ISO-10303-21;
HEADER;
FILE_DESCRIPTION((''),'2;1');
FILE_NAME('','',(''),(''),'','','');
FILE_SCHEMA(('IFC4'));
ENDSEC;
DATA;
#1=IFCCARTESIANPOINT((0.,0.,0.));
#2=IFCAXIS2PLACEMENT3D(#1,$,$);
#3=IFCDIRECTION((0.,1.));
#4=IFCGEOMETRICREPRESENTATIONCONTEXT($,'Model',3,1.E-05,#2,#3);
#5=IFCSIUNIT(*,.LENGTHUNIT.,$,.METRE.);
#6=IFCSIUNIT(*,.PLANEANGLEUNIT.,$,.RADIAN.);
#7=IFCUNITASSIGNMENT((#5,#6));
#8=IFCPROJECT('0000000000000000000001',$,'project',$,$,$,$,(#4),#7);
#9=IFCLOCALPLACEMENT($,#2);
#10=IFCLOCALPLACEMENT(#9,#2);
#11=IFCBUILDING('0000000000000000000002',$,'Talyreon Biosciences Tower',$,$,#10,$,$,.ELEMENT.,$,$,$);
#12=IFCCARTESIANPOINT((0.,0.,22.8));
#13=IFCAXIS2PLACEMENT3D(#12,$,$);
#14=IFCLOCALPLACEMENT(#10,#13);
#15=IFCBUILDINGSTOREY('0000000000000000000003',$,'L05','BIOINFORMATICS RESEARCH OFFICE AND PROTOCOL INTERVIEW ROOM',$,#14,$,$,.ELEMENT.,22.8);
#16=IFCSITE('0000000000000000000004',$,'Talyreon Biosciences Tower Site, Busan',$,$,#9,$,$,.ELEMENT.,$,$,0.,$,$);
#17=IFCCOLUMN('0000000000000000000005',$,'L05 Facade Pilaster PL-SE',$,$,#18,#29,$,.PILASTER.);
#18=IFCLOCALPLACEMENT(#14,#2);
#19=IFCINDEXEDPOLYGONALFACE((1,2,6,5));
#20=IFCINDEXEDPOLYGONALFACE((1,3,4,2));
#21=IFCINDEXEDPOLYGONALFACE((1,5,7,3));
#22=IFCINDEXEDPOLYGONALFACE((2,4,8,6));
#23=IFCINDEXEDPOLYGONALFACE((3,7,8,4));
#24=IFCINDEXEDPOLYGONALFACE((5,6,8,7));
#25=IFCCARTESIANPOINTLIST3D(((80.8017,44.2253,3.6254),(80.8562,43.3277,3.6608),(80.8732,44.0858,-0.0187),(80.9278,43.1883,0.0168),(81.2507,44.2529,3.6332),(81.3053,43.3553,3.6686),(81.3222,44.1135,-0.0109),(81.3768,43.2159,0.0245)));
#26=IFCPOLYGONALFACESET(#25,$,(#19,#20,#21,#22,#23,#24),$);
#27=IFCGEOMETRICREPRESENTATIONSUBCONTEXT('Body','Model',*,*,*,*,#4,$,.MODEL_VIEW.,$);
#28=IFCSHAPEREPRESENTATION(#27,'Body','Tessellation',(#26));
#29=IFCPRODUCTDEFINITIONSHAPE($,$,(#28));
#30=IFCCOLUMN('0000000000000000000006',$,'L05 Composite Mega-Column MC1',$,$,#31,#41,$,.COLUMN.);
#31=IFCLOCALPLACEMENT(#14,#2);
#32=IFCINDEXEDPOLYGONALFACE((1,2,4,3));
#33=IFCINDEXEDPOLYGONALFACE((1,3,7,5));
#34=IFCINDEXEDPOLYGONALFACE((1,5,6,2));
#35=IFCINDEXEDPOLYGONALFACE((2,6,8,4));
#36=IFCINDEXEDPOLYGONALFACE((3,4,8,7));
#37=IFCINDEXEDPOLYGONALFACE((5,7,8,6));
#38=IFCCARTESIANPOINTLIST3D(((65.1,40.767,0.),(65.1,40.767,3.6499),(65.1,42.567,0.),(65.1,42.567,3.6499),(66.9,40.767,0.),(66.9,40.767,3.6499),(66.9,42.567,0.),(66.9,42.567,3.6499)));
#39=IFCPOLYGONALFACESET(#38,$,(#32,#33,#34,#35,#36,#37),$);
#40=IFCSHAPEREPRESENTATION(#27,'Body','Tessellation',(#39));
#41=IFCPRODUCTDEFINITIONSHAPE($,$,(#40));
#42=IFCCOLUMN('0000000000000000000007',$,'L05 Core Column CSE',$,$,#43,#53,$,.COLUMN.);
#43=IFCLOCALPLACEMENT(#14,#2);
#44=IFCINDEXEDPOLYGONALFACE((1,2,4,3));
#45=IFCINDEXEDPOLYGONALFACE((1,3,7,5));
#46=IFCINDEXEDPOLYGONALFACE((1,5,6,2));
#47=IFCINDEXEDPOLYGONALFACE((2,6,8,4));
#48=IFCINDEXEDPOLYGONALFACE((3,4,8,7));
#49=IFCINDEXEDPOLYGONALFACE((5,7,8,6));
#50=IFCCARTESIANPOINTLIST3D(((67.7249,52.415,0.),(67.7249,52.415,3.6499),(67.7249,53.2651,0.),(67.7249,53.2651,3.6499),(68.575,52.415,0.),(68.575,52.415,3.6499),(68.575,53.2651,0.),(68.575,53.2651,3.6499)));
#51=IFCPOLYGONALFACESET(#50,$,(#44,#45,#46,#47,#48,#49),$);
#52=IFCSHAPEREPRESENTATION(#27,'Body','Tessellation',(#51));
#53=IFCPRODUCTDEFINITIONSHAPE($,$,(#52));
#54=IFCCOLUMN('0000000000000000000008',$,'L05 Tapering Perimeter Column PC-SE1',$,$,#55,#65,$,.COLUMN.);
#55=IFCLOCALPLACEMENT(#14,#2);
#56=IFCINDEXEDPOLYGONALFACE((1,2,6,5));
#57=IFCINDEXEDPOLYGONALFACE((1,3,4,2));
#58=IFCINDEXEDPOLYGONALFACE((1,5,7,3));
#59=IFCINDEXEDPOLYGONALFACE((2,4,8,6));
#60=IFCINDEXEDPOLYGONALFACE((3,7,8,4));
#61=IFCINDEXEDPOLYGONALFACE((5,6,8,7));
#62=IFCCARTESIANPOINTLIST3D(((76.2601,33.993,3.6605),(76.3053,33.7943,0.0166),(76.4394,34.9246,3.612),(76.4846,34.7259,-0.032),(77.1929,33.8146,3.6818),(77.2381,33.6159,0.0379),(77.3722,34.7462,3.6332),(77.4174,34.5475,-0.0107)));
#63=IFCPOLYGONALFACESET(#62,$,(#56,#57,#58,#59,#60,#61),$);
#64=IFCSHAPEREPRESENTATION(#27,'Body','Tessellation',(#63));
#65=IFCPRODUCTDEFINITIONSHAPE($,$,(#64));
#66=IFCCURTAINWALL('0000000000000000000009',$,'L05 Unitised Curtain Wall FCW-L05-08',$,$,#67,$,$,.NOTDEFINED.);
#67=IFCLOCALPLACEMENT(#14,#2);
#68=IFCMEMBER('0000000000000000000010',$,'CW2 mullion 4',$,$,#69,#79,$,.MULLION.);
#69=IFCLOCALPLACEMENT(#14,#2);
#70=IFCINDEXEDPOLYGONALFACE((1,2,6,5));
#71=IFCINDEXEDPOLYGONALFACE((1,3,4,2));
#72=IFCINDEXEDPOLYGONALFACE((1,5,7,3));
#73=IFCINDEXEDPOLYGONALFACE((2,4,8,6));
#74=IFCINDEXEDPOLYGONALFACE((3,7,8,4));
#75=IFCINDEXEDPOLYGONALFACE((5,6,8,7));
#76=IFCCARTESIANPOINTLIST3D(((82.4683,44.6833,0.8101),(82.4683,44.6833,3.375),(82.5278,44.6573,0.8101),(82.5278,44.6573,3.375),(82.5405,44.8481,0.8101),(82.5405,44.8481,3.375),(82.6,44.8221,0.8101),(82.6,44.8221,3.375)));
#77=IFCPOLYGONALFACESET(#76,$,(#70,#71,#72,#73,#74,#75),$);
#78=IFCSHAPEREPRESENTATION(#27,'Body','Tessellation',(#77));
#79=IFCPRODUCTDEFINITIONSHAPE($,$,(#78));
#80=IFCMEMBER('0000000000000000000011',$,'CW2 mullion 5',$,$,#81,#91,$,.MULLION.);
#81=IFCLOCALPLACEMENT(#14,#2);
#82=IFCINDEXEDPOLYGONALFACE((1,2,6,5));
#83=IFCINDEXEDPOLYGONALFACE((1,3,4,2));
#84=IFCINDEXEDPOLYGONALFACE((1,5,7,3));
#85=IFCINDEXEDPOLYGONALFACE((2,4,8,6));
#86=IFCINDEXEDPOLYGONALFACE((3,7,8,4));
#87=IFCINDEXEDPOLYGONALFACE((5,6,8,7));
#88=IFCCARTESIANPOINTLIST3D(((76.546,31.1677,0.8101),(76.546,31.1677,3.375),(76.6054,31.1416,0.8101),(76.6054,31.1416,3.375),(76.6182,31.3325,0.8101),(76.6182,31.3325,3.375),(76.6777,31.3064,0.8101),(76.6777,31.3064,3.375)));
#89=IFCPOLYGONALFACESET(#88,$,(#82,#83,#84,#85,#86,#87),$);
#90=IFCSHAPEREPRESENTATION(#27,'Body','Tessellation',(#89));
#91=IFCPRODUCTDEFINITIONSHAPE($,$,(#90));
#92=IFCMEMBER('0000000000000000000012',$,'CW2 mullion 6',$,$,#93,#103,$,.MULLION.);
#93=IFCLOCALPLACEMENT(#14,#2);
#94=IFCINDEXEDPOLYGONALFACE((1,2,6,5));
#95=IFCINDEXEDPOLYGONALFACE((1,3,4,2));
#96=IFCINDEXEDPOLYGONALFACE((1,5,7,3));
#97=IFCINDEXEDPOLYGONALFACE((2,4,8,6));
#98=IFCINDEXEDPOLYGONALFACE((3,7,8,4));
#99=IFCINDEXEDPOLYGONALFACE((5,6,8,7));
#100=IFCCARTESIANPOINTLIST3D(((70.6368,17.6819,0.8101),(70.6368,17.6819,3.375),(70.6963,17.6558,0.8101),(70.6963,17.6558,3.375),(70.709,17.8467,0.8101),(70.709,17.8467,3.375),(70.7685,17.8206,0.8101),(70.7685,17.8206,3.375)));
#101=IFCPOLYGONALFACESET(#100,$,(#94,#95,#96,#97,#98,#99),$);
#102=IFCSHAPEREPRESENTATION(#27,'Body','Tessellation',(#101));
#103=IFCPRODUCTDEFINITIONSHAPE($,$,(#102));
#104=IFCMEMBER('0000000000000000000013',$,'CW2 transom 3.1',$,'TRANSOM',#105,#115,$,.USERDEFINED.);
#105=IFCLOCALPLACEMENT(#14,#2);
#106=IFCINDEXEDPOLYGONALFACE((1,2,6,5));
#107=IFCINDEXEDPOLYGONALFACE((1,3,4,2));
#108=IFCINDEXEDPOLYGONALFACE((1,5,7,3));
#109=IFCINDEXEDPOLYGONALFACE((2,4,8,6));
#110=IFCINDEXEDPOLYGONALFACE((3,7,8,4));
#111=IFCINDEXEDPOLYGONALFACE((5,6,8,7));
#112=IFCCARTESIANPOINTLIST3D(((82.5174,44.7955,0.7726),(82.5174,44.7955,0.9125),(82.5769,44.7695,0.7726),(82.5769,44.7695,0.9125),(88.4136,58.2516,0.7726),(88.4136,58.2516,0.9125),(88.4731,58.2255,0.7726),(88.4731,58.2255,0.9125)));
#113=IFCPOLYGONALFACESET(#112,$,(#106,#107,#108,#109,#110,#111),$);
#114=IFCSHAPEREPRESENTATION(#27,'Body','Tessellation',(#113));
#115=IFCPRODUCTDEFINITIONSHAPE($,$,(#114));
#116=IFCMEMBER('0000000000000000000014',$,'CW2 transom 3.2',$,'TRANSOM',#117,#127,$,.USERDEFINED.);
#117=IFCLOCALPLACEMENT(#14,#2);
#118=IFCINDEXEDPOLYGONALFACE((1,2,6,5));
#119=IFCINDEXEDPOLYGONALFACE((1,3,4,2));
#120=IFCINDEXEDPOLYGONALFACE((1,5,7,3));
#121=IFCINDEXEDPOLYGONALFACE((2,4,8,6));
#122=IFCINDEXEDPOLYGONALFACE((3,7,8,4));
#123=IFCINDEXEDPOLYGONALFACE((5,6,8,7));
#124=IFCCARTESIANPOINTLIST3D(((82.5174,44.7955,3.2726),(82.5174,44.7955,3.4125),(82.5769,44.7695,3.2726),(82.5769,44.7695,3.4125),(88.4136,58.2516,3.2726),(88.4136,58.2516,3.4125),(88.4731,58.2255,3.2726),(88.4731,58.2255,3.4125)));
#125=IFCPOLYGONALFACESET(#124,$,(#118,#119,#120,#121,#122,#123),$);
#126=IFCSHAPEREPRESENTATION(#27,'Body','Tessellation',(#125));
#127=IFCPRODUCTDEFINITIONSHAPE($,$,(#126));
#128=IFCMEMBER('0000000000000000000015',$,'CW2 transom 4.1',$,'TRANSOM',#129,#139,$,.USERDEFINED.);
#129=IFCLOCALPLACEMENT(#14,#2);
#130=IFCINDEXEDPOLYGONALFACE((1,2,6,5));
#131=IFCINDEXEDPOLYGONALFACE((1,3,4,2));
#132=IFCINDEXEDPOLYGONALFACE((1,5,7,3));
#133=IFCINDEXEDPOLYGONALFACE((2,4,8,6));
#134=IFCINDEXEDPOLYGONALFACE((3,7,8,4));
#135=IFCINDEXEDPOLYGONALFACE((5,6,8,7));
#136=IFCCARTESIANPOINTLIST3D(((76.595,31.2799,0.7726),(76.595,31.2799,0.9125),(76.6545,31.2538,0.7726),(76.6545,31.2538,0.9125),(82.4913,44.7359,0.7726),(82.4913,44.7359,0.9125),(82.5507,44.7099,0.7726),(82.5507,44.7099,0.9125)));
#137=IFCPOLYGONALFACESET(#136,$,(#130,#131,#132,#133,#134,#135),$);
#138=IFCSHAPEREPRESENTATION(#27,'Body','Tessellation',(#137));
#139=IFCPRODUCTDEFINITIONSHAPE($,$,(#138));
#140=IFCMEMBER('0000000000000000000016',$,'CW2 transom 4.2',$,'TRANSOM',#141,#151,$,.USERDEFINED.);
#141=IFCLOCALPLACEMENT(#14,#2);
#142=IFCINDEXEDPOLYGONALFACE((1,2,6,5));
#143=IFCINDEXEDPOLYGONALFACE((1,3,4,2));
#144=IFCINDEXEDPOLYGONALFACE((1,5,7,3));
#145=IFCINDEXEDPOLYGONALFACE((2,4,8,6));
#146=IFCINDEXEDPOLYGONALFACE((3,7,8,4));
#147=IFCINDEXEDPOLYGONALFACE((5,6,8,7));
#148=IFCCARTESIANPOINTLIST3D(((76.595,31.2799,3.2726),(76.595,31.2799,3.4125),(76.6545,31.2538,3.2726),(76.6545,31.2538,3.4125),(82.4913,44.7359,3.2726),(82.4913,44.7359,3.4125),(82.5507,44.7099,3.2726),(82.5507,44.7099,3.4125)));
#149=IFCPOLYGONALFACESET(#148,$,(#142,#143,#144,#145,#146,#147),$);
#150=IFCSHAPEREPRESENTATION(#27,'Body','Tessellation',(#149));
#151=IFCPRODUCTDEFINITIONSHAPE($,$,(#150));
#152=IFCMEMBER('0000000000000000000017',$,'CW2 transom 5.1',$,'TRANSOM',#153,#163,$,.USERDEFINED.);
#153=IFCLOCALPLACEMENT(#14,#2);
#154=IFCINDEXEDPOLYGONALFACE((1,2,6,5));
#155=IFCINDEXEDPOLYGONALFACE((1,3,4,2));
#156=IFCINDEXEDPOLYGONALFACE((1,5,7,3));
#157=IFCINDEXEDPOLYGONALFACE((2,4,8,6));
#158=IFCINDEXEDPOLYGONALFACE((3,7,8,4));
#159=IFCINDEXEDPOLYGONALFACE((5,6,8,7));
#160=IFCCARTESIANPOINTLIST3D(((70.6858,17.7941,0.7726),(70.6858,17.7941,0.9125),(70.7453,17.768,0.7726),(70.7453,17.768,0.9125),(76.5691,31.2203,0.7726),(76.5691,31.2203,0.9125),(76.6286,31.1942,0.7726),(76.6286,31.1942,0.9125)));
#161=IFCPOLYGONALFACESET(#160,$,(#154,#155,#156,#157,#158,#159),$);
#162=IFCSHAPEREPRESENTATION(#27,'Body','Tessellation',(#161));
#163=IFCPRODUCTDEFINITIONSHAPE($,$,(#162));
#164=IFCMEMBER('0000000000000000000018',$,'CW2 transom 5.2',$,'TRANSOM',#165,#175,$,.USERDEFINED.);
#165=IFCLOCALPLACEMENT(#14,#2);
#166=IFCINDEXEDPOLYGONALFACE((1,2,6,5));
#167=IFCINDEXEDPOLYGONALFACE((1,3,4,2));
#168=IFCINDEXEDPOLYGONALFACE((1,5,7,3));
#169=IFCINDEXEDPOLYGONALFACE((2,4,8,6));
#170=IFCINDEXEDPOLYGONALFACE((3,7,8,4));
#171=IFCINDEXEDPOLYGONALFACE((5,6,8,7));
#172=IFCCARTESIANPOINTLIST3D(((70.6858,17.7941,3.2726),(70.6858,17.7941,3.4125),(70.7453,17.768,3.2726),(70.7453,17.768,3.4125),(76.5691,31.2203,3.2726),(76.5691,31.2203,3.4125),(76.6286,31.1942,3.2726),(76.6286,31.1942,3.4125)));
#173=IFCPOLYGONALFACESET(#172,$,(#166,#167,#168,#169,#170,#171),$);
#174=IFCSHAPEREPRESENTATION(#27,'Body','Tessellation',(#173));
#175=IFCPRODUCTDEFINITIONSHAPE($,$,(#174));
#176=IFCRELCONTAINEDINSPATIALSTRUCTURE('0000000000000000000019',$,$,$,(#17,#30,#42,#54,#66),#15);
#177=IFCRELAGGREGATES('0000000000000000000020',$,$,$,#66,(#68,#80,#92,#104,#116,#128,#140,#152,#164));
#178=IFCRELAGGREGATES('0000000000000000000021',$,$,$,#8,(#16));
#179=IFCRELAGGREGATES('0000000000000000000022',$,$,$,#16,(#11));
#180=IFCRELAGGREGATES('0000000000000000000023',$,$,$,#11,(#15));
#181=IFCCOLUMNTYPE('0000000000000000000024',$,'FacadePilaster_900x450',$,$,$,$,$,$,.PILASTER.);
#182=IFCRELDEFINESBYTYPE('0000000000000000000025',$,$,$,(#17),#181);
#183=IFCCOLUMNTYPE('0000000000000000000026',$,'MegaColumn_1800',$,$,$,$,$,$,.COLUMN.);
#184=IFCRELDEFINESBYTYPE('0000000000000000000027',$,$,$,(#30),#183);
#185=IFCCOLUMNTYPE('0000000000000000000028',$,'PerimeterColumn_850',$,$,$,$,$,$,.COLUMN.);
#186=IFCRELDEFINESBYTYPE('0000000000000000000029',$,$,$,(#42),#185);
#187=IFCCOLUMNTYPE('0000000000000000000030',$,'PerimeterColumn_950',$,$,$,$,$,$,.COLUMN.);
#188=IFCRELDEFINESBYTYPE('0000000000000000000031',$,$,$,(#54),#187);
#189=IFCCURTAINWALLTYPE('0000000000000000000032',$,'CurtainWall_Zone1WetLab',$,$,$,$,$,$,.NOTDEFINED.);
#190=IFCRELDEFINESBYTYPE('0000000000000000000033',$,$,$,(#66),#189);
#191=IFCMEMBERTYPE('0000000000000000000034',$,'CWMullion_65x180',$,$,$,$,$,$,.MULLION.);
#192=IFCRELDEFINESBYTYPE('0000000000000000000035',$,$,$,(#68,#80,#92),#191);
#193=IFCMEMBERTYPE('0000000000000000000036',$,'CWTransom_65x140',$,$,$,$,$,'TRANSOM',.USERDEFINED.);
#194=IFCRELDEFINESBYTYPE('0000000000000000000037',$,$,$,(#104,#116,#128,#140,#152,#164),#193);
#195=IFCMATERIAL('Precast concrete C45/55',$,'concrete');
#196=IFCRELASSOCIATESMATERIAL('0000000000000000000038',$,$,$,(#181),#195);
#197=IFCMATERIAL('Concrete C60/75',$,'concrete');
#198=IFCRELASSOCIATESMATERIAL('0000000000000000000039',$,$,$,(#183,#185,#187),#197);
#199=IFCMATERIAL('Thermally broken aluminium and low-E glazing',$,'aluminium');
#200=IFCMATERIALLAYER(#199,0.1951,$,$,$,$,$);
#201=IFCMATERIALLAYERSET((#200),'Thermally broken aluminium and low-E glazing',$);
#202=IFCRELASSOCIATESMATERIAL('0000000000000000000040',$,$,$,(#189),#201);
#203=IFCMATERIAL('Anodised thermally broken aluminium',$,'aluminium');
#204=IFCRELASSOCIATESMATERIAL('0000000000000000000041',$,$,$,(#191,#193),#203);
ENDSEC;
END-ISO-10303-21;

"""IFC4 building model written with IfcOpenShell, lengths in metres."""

from ifc_helpers import new_model, si_unit, direction, frame, origin, origin_2d, place, context, subcontext, project, spatial, rectangle, extrude, material, layer, layer_set, material_profile, profile_set, type_object, element, aggregate, save


model = new_model("IFC4")

# Units and contexts
model_context = context("Model", 3, precision=1e-05, world=origin(), true_north=direction((0.0, 1.0)))
body_context = subcontext(model_context, "Body", "Model", "MODEL_VIEW")
ifc_project = project(units=[si_unit("LENGTHUNIT", "METRE"), si_unit("PLANEANGLEUNIT", "RADIAN")], contexts=[model_context])

# Site, building, storey
site_placement = place(None, origin())
site = spatial("IfcSite", under=ifc_project, at=site_placement, Name="Talyreon Biosciences Tower Site, Busan", CompositionType="ELEMENT", RefElevation=0.0)
building_placement = place(site_placement, origin())
building = spatial("IfcBuilding", under=site, at=building_placement, Name="Talyreon Biosciences Tower", CompositionType="ELEMENT")
storey_placement = place(building_placement, frame((0.0, 0.0, 22.8)))
storey = spatial("IfcBuildingStorey", under=building, at=storey_placement, Name="L05", Description="BIOINFORMATICS RESEARCH OFFICE AND PROTOCOL INTERVIEW ROOM", CompositionType="ELEMENT", Elevation=22.8)

# Columns
ifc_material_1 = material(Name="Precast concrete C45/55", Category="concrete")
ifc_material_profile_1 = material_profile(ifc_material_1, rectangle(XDim=0.8999, YDim=0.45, at=origin_2d()), Name="RC 900x450")
ifc_profile_set_1 = profile_set([ifc_material_profile_1], Name="Precast concrete C45/55")
column_type_1 = type_object("IfcColumnType", Name="FacadePilaster_900x450", PredefinedType="PILASTER", material=ifc_profile_set_1)
column_1_placement = place(storey_placement, frame((81.125, 43.6509, 0.0029), z_axis=(-0.019612, 0.03822, 0.999077), x_axis=(0.060644, -0.997384, 0.039346)))
element("IfcColumn", 1, at=column_1_placement, inside=storey, type_object=column_type_1, Name="L05 Facade Pilaster PL-SE", PredefinedType="PILASTER", context=body_context, shape_type="SweptSolid", body=[
    extrude(rectangle(XDim=0.8999, YDim=0.45, at=origin_2d()), origin(), (0.0, 0.0, 1.0), 3.6475),
])
ifc_material_2 = material(Name="Concrete C60/75", Category="concrete")
ifc_material_profile_2 = material_profile(ifc_material_2, rectangle(XDim=1.8, YDim=1.8, at=origin_2d()), Name="RC 1800x1800")
ifc_profile_set_2 = profile_set([ifc_material_profile_2], Name="Concrete C60/75")
column_type_2 = type_object("IfcColumnType", Name="MegaColumn_1800", PredefinedType="COLUMN", material=ifc_profile_set_2)
column_2_placement = place(storey_placement, frame((66.0, 41.667, 0.0), z_axis=(0.0, 0.0, 1.0), x_axis=(1.0, 0.0, 0.0)))
element("IfcColumn", 2, at=column_2_placement, inside=storey, type_object=column_type_2, Name="L05 Composite Mega-Column MC1", PredefinedType="COLUMN", context=body_context, shape_type="SweptSolid", body=[
    extrude(rectangle(XDim=1.8, YDim=1.8, at=origin_2d()), origin(), (0.0, 0.0, 1.0), 3.6499),
])
ifc_material_profile_3 = material_profile(ifc_material_2, rectangle(XDim=0.8501, YDim=0.8501, at=origin_2d()), Name="RC 850x850")
ifc_profile_set_3 = profile_set([ifc_material_profile_3], Name="Concrete C60/75")
column_type_3 = type_object("IfcColumnType", Name="PerimeterColumn_850", PredefinedType="COLUMN", material=ifc_profile_set_3)
column_3_placement = place(storey_placement, frame((68.1499, 52.8401, 0.0), z_axis=(0.0, 0.0, 1.0), x_axis=(1.0, 0.0, 0.0)))
element("IfcColumn", 3, at=column_3_placement, inside=storey, type_object=column_type_3, Name="L05 Core Column CSE", PredefinedType="COLUMN", context=body_context, shape_type="SweptSolid", body=[
    extrude(rectangle(XDim=0.8501, YDim=0.8501, at=origin_2d()), origin(), (0.0, 0.0, 1.0), 3.6499),
])
ifc_material_profile_4 = material_profile(ifc_material_2, rectangle(XDim=0.95, YDim=0.95, at=origin_2d()), Name="RC 950x950")
ifc_profile_set_4 = profile_set([ifc_material_profile_4], Name="Concrete C60/75")
column_type_4 = type_object("IfcColumnType", Name="PerimeterColumn_950", PredefinedType="COLUMN", material=ifc_profile_set_4)
column_4_placement = place(storey_placement, frame((76.8613, 34.1709, 0.0029), z_axis=(-0.012375, 0.054451, 0.99844), x_axis=(-0.188739, -0.980695, 0.051144)))
element("IfcColumn", 4, at=column_4_placement, inside=storey, type_object=column_type_4, Name="L05 Tapering Perimeter Column PC-SE1", PredefinedType="COLUMN", context=body_context, shape_type="SweptSolid", body=[
    extrude(rectangle(XDim=0.95, YDim=0.95, at=origin_2d()), origin(), (0.0, 0.0, 1.0), 3.6497),
])

# Curtain wall, members
ifc_material_3 = material(Name="Thermally broken aluminium and low-E glazing", Category="aluminium")
ifc_layer_1 = layer(ifc_material_3, 0.1951)
ifc_layer_set_1 = layer_set([ifc_layer_1], Name="Thermally broken aluminium and low-E glazing")
curtain_wall_type = type_object("IfcCurtainWallType", Name="CurtainWall_Zone1WetLab", PredefinedType="NOTDEFINED", material=ifc_layer_set_1)
curtain_wall_placement = place(storey_placement, origin())
curtain_wall = element("IfcCurtainWall", 5, at=curtain_wall_placement, inside=storey, type_object=curtain_wall_type, Name="L05 Unitised Curtain Wall FCW-L05-08", PredefinedType="NOTDEFINED")
ifc_material_4 = material(Name="Anodised thermally broken aluminium", Category="aluminium")
ifc_material_profile_5 = material_profile(ifc_material_4, rectangle(XDim=0.0649, YDim=0.1799, at=origin_2d()), Name="ALUM MULLION 65x180")
ifc_profile_set_5 = profile_set([ifc_material_profile_5], Name="Anodised thermally broken aluminium")
member_type_1 = type_object("IfcMemberType", Name="CWMullion_65x180", PredefinedType="MULLION", material=ifc_profile_set_5)
member_1_placement = place(storey_placement, frame((82.5342, 44.7527, 0.8101), z_axis=(0.0, 0.0, 1.0), x_axis=(0.915927, -0.401345, 0.0)))
member_1 = element("IfcMember", 6, at=member_1_placement, type_object=member_type_1, Name="CW2 mullion 4", PredefinedType="MULLION", context=body_context, shape_type="SweptSolid", body=[
    extrude(rectangle(XDim=0.0649, YDim=0.1799, at=origin_2d()), origin(), (0.0, 0.0, 1.0), 2.5649),
])
member_2_placement = place(storey_placement, frame((76.6118, 31.2371, 0.8101), z_axis=(0.0, 0.0, 1.0), x_axis=(0.915927, -0.401345, 0.0)))
member_2 = element("IfcMember", 7, at=member_2_placement, type_object=member_type_1, Name="CW2 mullion 5", PredefinedType="MULLION", context=body_context, shape_type="SweptSolid", body=[
    extrude(rectangle(XDim=0.0649, YDim=0.1799, at=origin_2d()), origin(), (0.0, 0.0, 1.0), 2.5649),
])
member_3_placement = place(storey_placement, frame((70.7026, 17.7512, 0.8101), z_axis=(0.0, 0.0, 1.0), x_axis=(0.915927, -0.401345, 0.0)))
member_3 = element("IfcMember", 8, at=member_3_placement, type_object=member_type_1, Name="CW2 mullion 6", PredefinedType="MULLION", context=body_context, shape_type="SweptSolid", body=[
    extrude(rectangle(XDim=0.0649, YDim=0.1799, at=origin_2d()), origin(), (0.0, 0.0, 1.0), 2.5649),
])
ifc_material_profile_6 = material_profile(ifc_material_4, rectangle(XDim=0.0649, YDim=0.1399, at=origin_2d()), Name="ALUM TRANSOM 65x140")
ifc_profile_set_6 = profile_set([ifc_material_profile_6], Name="Anodised thermally broken aluminium")
member_type_2 = type_object("IfcMemberType", Name="CWTransom_65x140", ElementType="TRANSOM", PredefinedType="USERDEFINED", material=ifc_profile_set_6)
member_4_placement = place(storey_placement, frame((88.4434, 58.2385, 0.8425), z_axis=(-0.401345, -0.915927, 0.0), x_axis=(0.915927, -0.401345, 0.0)))
member_4 = element("IfcMember", 9, at=member_4_placement, type_object=member_type_2, Name="CW2 transom 3.1", ObjectType="TRANSOM", PredefinedType="USERDEFINED", context=body_context, shape_type="SweptSolid", body=[
    extrude(rectangle(XDim=0.0649, YDim=0.1399, at=origin_2d()), origin(), (0.0, 0.0, 1.0), 14.6912),
])
member_5_placement = place(storey_placement, frame((88.4434, 58.2385, 3.3425), z_axis=(-0.401345, -0.915927, 0.0), x_axis=(0.915927, -0.401345, 0.0)))
member_5 = element("IfcMember", 10, at=member_5_placement, type_object=member_type_2, Name="CW2 transom 3.2", ObjectType="TRANSOM", PredefinedType="USERDEFINED", context=body_context, shape_type="SweptSolid", body=[
    extrude(rectangle(XDim=0.0649, YDim=0.1399, at=origin_2d()), origin(), (0.0, 0.0, 1.0), 14.6912),
])
member_6_placement = place(storey_placement, frame((82.521, 44.7229, 0.8425), z_axis=(-0.401345, -0.915927, 0.0), x_axis=(0.915927, -0.401345, 0.0)))
member_6 = element("IfcMember", 11, at=member_6_placement, type_object=member_type_2, Name="CW2 transom 4.1", ObjectType="TRANSOM", PredefinedType="USERDEFINED", context=body_context, shape_type="SweptSolid", body=[
    extrude(rectangle(XDim=0.0649, YDim=0.1399, at=origin_2d()), origin(), (0.0, 0.0, 1.0), 14.6912),
])
member_7_placement = place(storey_placement, frame((82.521, 44.7229, 3.3425), z_axis=(-0.401345, -0.915927, 0.0), x_axis=(0.915927, -0.401345, 0.0)))
member_7 = element("IfcMember", 12, at=member_7_placement, type_object=member_type_2, Name="CW2 transom 4.2", ObjectType="TRANSOM", PredefinedType="USERDEFINED", context=body_context, shape_type="SweptSolid", body=[
    extrude(rectangle(XDim=0.0649, YDim=0.1399, at=origin_2d()), origin(), (0.0, 0.0, 1.0), 14.6912),
])
member_8_placement = place(storey_placement, frame((76.5989, 31.2073, 0.8425), z_axis=(-0.401352, -0.915924, 0.0), x_axis=(0.915924, -0.401352, 0.0)))
member_8 = element("IfcMember", 13, at=member_8_placement, type_object=member_type_2, Name="CW2 transom 5.1", ObjectType="TRANSOM", PredefinedType="USERDEFINED", context=body_context, shape_type="SweptSolid", body=[
    extrude(rectangle(XDim=0.0649, YDim=0.1399, at=origin_2d()), origin(), (0.0, 0.0, 1.0), 14.6587),
])
member_9_placement = place(storey_placement, frame((76.5989, 31.2073, 3.3425), z_axis=(-0.401352, -0.915924, 0.0), x_axis=(0.915924, -0.401352, 0.0)))
member_9 = element("IfcMember", 14, at=member_9_placement, type_object=member_type_2, Name="CW2 transom 5.2", ObjectType="TRANSOM", PredefinedType="USERDEFINED", context=body_context, shape_type="SweptSolid", body=[
    extrude(rectangle(XDim=0.0649, YDim=0.1399, at=origin_2d()), origin(), (0.0, 0.0, 1.0), 14.6587),
])

aggregate(curtain_wall, [member_1, member_2, member_3, member_4, member_5, member_6, member_7, member_8, member_9])

save(model, "model.ifc")
